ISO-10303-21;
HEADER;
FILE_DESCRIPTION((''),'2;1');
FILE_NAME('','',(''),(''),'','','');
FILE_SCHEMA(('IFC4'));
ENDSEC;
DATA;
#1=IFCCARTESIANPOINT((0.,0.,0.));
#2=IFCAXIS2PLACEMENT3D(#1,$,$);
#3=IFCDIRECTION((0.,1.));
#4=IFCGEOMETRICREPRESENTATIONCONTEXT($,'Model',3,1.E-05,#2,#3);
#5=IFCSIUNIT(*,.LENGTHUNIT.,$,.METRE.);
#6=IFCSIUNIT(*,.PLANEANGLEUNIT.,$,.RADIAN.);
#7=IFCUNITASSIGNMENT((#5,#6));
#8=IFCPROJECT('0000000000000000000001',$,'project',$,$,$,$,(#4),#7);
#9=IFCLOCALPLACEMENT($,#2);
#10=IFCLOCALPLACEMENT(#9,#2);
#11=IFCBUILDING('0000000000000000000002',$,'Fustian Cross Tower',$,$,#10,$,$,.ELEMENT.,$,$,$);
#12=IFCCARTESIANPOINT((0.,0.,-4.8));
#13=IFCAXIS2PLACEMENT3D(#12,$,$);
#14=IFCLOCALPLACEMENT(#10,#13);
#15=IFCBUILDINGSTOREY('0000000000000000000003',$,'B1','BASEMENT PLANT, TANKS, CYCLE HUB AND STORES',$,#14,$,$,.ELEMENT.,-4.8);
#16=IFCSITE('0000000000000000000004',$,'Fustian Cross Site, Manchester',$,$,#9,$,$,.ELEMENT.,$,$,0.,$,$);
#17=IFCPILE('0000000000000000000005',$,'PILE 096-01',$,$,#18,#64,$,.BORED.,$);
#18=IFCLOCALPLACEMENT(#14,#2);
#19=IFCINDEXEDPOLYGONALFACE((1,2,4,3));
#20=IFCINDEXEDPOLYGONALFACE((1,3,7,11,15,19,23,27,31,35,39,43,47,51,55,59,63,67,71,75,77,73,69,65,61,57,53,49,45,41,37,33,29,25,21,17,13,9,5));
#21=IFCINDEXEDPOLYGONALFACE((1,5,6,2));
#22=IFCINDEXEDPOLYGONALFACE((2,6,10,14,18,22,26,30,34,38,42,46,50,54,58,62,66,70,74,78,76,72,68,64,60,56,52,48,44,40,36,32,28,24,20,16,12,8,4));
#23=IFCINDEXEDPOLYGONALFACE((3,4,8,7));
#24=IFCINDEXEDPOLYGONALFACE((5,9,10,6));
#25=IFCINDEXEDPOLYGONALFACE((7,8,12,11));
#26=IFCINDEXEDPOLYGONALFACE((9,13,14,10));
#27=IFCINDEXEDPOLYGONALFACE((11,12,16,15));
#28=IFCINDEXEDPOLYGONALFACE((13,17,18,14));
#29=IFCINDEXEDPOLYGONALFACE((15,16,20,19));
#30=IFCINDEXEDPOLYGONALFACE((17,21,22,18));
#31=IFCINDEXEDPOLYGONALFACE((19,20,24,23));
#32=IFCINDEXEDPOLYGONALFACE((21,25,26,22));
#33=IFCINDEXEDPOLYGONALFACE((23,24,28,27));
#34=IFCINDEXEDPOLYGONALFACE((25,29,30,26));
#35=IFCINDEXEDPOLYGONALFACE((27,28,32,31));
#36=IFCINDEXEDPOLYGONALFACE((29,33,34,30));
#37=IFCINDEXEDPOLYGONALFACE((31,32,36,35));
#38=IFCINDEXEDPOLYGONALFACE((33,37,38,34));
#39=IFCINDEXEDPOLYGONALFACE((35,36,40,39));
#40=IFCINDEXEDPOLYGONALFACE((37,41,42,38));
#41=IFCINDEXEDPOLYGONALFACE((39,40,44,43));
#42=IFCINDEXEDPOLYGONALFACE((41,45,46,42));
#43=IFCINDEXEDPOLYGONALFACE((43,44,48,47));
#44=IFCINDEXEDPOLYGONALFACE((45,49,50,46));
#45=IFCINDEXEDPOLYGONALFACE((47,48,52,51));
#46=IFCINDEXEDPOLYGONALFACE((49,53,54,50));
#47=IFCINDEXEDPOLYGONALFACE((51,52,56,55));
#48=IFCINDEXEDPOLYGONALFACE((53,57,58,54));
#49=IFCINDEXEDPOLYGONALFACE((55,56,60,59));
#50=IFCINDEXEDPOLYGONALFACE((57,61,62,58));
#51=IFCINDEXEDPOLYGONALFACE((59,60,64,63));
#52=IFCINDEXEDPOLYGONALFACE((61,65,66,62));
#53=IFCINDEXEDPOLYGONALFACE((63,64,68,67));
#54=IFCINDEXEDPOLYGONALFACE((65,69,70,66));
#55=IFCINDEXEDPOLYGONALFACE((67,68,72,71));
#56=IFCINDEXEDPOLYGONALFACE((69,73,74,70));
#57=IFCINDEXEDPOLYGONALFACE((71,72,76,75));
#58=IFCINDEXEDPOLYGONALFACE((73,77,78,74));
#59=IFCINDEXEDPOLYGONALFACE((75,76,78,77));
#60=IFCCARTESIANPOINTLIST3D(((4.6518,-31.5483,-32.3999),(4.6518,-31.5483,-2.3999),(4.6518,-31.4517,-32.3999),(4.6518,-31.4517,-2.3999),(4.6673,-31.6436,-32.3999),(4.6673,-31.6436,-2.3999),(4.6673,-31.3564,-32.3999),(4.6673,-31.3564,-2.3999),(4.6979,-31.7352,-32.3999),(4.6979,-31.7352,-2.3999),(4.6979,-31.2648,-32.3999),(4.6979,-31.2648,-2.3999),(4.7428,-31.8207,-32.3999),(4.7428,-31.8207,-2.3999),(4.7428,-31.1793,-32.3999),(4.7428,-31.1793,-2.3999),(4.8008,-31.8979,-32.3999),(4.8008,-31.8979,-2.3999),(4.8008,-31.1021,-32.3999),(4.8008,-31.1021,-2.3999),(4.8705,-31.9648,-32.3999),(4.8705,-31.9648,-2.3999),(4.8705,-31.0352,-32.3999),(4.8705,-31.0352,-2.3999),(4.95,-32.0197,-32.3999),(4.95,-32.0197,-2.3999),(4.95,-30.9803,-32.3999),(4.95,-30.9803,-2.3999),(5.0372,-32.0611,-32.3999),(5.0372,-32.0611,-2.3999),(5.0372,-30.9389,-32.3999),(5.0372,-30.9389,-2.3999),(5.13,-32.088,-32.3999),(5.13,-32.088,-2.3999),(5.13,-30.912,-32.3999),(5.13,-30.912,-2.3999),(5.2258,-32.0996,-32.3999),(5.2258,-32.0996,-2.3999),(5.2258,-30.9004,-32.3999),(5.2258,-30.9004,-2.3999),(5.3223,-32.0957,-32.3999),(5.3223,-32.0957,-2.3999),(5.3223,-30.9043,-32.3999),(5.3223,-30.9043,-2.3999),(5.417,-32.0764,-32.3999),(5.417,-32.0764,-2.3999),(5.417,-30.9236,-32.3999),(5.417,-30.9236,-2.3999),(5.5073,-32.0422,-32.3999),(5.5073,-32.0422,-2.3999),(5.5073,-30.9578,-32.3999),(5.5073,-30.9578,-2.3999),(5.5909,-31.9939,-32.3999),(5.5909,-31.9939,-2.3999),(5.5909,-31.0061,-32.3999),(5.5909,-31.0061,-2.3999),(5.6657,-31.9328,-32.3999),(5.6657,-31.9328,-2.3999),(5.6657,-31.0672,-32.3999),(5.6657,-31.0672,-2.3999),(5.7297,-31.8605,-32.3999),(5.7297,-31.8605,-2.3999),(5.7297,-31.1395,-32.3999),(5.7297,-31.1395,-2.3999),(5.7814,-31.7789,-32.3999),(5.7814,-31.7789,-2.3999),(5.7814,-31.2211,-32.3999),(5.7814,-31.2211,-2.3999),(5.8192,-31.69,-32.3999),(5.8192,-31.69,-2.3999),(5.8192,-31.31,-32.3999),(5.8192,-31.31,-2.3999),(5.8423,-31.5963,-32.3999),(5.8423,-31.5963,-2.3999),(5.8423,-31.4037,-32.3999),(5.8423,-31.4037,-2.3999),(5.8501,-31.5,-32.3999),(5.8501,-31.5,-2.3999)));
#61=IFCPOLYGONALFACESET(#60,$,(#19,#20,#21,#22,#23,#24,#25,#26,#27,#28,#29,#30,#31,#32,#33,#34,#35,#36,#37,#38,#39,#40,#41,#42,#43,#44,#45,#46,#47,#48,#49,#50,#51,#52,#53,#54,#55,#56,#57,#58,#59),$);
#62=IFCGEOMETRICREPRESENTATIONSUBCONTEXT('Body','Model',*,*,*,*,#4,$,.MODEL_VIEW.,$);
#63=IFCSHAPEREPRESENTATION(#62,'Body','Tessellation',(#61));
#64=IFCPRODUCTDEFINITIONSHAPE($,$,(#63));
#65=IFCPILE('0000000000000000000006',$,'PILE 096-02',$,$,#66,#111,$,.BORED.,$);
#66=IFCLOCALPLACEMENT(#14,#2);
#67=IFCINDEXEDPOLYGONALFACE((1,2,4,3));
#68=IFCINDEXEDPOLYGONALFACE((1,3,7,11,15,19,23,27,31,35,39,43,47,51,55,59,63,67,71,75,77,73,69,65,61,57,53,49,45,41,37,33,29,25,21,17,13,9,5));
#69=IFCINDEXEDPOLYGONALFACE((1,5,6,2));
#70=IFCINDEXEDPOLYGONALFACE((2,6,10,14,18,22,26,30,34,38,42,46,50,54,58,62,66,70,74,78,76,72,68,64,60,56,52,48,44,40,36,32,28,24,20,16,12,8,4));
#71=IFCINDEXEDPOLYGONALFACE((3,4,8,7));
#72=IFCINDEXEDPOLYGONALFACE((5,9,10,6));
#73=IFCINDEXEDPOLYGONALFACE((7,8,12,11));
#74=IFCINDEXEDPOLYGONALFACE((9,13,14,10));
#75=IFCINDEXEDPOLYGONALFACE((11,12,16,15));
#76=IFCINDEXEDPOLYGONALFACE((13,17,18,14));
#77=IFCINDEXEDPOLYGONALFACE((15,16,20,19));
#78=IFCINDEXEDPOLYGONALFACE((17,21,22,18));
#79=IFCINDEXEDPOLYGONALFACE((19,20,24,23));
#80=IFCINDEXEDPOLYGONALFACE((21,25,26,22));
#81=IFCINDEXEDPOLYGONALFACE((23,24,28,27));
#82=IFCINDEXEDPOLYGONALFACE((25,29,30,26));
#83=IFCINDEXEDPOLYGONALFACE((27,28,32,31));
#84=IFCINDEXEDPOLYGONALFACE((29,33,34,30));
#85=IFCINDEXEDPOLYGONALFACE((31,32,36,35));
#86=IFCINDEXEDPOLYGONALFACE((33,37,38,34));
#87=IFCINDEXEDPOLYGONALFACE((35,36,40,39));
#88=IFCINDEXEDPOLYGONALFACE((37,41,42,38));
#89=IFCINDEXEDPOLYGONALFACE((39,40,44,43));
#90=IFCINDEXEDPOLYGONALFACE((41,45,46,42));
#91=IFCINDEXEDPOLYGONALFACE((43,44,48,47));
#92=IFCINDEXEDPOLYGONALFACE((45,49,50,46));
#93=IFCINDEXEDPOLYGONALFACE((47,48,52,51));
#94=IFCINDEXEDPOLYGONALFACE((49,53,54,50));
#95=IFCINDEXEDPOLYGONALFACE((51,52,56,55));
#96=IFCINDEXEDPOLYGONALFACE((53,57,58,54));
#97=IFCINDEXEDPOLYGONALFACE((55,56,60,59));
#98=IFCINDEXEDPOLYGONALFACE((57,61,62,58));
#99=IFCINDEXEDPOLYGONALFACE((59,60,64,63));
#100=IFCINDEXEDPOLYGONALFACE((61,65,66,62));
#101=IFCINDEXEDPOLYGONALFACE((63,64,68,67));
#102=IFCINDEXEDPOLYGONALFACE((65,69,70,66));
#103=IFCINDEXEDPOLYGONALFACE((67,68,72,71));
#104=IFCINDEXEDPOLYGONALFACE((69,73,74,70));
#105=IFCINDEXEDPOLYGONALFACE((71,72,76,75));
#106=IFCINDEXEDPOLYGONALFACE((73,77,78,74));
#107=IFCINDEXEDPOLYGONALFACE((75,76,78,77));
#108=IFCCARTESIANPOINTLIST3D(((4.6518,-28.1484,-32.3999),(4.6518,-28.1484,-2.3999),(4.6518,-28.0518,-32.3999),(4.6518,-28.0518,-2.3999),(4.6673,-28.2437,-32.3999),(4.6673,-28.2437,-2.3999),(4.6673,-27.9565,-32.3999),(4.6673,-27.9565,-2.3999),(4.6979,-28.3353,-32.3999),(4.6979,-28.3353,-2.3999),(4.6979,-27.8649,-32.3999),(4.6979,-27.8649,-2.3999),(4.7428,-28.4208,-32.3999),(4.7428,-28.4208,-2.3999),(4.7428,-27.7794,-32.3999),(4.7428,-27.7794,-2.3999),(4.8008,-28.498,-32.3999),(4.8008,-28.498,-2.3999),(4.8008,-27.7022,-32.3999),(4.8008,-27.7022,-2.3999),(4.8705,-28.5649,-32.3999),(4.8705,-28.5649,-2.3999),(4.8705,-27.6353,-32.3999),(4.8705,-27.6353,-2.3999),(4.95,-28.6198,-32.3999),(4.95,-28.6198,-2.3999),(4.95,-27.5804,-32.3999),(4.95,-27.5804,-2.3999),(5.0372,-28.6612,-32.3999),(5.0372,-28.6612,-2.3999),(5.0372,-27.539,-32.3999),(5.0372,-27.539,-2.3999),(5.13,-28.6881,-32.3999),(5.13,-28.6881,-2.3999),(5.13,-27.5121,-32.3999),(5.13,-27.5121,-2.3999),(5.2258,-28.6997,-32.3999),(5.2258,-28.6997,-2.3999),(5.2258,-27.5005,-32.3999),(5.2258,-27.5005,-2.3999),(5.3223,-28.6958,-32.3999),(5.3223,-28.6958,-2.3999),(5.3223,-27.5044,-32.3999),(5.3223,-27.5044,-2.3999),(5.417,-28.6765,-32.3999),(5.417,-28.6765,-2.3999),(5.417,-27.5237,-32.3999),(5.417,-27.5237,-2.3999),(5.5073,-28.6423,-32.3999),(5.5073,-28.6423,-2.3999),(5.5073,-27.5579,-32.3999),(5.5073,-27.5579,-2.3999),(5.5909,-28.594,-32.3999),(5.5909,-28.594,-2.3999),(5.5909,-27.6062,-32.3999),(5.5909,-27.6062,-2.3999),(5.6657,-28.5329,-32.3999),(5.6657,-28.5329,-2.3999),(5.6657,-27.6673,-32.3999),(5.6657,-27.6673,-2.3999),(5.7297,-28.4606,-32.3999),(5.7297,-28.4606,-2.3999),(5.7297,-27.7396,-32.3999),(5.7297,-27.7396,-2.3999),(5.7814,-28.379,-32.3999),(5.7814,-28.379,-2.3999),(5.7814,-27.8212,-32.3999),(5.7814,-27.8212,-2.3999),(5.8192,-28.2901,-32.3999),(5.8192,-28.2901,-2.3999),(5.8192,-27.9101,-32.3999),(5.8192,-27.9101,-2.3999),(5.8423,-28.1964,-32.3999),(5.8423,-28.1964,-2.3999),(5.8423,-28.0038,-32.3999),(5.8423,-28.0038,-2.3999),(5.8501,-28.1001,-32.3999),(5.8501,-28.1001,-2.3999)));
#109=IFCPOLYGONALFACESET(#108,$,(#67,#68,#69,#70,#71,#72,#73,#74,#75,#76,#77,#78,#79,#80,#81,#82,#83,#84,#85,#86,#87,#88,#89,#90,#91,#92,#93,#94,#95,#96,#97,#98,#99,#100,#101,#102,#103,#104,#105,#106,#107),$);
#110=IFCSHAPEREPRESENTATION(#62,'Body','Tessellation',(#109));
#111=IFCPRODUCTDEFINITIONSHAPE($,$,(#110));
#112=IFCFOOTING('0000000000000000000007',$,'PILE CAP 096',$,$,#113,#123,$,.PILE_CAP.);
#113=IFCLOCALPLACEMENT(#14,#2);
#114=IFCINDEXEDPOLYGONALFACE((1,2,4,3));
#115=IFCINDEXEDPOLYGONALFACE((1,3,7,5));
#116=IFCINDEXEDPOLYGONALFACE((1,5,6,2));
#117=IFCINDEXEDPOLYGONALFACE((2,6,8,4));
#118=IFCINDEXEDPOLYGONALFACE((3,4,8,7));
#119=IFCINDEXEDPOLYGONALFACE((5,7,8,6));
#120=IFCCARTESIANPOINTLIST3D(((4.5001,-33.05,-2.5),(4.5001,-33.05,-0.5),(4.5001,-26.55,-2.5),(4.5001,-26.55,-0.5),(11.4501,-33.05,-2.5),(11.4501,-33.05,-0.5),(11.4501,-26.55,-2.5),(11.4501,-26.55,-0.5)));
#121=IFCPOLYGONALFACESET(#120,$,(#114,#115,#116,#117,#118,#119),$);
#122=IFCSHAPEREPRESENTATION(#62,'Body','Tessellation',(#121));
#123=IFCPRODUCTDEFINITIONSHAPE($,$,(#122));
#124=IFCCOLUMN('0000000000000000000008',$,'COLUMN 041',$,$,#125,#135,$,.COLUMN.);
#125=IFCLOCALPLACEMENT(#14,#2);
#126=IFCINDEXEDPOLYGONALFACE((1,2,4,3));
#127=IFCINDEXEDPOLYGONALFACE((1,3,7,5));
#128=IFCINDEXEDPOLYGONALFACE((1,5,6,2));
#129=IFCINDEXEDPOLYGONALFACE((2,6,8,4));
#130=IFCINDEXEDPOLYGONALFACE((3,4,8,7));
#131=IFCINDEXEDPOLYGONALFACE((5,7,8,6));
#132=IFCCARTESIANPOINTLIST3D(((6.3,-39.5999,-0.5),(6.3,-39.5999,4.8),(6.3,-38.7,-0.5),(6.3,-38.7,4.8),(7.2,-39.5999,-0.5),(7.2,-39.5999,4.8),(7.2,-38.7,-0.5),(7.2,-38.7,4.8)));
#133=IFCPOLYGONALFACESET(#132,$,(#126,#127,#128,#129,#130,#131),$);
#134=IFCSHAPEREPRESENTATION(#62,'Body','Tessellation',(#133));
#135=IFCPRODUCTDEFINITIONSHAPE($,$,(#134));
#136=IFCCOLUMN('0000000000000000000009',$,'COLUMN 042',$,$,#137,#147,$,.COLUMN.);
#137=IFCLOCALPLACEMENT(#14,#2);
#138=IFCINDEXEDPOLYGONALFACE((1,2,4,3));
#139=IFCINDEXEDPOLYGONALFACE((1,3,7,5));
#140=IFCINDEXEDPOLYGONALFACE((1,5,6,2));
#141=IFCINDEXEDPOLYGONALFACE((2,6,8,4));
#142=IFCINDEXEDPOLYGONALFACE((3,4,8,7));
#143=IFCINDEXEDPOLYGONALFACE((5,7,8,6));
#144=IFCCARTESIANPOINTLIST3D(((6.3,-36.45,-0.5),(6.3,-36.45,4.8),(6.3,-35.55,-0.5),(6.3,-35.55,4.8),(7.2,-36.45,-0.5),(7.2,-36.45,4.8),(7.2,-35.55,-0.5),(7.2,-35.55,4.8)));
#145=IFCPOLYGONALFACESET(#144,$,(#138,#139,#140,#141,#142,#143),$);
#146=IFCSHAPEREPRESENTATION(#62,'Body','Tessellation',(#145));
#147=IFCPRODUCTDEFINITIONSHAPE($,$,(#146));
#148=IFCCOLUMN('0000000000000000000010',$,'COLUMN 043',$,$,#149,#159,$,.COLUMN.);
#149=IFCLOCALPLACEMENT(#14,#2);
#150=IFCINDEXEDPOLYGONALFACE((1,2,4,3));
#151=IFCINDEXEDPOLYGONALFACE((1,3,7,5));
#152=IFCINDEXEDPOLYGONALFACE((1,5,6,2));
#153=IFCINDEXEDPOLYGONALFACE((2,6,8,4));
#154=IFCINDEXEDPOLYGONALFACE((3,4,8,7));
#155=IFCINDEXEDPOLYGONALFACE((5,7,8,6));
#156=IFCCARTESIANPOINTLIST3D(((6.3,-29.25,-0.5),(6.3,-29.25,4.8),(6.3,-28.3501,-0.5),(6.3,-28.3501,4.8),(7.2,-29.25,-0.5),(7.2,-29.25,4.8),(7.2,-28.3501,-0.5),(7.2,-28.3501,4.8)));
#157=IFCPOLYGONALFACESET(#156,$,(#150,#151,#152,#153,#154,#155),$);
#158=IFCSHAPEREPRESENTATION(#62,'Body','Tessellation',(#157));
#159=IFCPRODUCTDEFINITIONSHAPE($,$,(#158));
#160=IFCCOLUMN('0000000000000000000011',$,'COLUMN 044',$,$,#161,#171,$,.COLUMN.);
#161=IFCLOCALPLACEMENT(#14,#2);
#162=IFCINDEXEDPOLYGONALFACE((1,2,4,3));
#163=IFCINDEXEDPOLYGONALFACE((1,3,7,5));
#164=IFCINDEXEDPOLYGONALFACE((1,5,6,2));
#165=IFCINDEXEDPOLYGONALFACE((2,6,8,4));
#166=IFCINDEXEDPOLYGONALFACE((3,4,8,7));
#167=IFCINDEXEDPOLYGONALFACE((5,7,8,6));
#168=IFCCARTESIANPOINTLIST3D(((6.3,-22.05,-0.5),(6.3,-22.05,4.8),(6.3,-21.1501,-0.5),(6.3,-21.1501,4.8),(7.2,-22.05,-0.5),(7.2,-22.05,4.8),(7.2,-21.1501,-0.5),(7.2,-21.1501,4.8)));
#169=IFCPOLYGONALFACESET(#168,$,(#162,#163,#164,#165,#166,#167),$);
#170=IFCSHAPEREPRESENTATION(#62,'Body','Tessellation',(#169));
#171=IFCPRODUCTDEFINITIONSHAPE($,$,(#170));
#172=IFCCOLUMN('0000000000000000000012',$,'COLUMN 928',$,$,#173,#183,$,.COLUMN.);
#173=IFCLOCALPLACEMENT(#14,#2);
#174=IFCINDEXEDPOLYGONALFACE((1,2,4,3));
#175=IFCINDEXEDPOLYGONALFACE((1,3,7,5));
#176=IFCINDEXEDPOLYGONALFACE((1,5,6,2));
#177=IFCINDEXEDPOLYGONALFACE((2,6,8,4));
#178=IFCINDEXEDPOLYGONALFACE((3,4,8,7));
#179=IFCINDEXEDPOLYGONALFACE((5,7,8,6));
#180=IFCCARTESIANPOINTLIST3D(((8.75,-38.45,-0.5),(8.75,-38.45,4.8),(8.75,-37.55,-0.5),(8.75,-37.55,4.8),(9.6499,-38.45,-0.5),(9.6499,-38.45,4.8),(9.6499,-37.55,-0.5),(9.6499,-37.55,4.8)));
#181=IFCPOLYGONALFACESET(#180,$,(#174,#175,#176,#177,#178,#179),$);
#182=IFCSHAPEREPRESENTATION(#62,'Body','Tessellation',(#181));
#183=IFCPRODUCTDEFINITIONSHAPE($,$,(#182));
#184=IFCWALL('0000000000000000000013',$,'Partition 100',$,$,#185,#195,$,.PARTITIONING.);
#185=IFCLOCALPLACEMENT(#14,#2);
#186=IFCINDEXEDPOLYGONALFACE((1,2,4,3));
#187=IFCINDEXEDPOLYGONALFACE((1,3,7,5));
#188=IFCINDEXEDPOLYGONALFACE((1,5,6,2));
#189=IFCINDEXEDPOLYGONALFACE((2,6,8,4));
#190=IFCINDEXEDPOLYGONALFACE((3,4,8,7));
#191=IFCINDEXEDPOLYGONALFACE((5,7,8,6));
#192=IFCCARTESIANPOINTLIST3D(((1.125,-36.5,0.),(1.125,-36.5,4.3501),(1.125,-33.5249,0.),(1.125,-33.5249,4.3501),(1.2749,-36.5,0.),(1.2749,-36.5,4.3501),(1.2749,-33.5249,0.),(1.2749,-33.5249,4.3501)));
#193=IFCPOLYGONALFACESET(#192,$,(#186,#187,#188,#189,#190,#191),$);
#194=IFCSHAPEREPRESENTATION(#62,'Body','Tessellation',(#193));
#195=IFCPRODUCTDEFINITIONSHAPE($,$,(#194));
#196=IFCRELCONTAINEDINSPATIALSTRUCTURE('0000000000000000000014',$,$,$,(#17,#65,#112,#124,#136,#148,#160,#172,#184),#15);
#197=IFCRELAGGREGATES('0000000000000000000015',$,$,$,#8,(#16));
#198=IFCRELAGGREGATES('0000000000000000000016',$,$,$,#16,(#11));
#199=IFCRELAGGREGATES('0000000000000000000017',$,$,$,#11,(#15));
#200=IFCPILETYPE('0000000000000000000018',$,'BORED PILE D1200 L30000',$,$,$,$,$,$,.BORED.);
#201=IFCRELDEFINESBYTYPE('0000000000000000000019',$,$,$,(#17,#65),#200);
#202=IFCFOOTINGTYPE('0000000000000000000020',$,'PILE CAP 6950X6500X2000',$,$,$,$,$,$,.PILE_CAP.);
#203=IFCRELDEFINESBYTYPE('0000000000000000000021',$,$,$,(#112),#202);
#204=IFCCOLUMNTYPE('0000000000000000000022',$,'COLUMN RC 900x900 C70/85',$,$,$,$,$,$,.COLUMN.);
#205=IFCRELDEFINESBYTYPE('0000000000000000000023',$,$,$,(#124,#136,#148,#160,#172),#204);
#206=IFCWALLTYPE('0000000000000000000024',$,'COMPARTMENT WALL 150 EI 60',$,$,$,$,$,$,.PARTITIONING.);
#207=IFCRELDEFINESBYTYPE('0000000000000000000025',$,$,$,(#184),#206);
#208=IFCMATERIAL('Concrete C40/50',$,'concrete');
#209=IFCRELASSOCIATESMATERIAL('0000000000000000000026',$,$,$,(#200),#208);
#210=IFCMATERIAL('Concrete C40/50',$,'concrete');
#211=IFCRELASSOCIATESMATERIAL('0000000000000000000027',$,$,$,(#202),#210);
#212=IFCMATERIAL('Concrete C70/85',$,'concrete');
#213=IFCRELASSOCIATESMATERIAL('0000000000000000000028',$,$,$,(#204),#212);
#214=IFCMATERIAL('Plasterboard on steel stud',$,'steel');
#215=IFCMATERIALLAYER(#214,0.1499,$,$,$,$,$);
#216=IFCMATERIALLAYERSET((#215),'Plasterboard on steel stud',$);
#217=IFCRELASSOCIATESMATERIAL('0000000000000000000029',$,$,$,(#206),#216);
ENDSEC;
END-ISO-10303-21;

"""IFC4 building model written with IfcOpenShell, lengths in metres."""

from ifc_helpers import new_model, si_unit, direction, frame, frame_2d, origin, origin_2d, place, context, subcontext, project, spatial, rectangle, circle, extrude, material, layer, layer_set, material_profile, profile_set, type_object, element, save


model = new_model("IFC4")

# Units and contexts
model_context = context("Model", 3, precision=1e-05, world=origin(), true_north=direction((0.0, 1.0)))
body_context = subcontext(model_context, "Body", "Model", "MODEL_VIEW")
ifc_project = project(units=[si_unit("LENGTHUNIT", "METRE"), si_unit("PLANEANGLEUNIT", "RADIAN")], contexts=[model_context])

# Site, building, storey
site_placement = place(None, origin())
site = spatial("IfcSite", under=ifc_project, at=site_placement, Name="Fustian Cross Site, Manchester", CompositionType="ELEMENT", RefElevation=0.0)
building_placement = place(site_placement, origin())
building = spatial("IfcBuilding", under=site, at=building_placement, Name="Fustian Cross Tower", CompositionType="ELEMENT")
storey_placement = place(building_placement, frame((0.0, 0.0, -4.8)))
storey = spatial("IfcBuildingStorey", under=building, at=storey_placement, Name="B1", Description="BASEMENT PLANT, TANKS, CYCLE HUB AND STORES", CompositionType="ELEMENT", Elevation=-4.8)

# Piles
ifc_material_1 = material(Name="Concrete C40/50", Category="concrete")
ifc_material_profile_1 = material_profile(ifc_material_1, circle(Radius=0.6001, at=origin_2d()), Name="BORED PILE D1200 L30000")
ifc_profile_set_1 = profile_set([ifc_material_profile_1], Name="Concrete C40/50")
pile_type = type_object("IfcPileType", Name="BORED PILE D1200 L30000", PredefinedType="BORED", material=ifc_profile_set_1)
for number, where, z_axis, x_axis, name in (
    (1, (5.25, -31.5, -2.3999), (0.0, 0.0, -1.0), (1.0, 0.0, 0.0), "PILE 096-01"),
    (2, (5.25, -28.1001, -2.3999), (0.0, 0.0, -1.0), (1.0, 0.0, 0.0), "PILE 096-02"),
):
    element("IfcPile", number, at=place(storey_placement, frame(where, z_axis=z_axis, x_axis=x_axis)), inside=storey, type_object=pile_type, Name=name, PredefinedType="BORED", context=body_context, shape_type="SweptSolid", body=[
        extrude(circle(Radius=0.6001, at=origin_2d()), origin(), (0.0, 0.0, 1.0), 30.0),
    ])

# Footing
ifc_material_2 = material(Name="Concrete C40/50", Category="concrete")
footing_type = type_object("IfcFootingType", Name="PILE CAP 6950X6500X2000", PredefinedType="PILE_CAP", material=ifc_material_2)
footing_placement = place(storey_placement, frame((7.9751, -29.8, -2.5), z_axis=(0.0, 0.0, 1.0), x_axis=(1.0, 0.0, 0.0)))
element("IfcFooting", 3, at=footing_placement, inside=storey, type_object=footing_type, Name="PILE CAP 096", PredefinedType="PILE_CAP", context=body_context, shape_type="SweptSolid", body=[
    extrude(rectangle(XDim=6.95, YDim=6.5, at=origin_2d()), origin(), (0.0, 0.0, 1.0), 2.0),
])

# Columns
ifc_material_3 = material(Name="Concrete C70/85", Category="concrete")
ifc_material_profile_2 = material_profile(ifc_material_3, rectangle(XDim=0.8999, YDim=0.8999, at=origin_2d()), Name="RC 900x900")
ifc_profile_set_2 = profile_set([ifc_material_profile_2], Name="Concrete C70/85")
column_type = type_object("IfcColumnType", Name="COLUMN RC 900x900 C70/85", PredefinedType="COLUMN", material=ifc_profile_set_2)
for number, where, z_axis, x_axis, name in (
    (4, (6.75, -39.1499, -0.5), (0.0, 0.0, 1.0), (1.0, 0.0, 0.0), "COLUMN 041"),
    (5, (6.75, -36.0, -0.5), (0.0, 0.0, 1.0), (1.0, 0.0, 0.0), "COLUMN 042"),
    (6, (6.75, -28.8, -0.5), (0.0, 0.0, 1.0), (1.0, 0.0, 0.0), "COLUMN 043"),
    (7, (6.75, -21.6001, -0.5), (0.0, 0.0, 1.0), (1.0, 0.0, 0.0), "COLUMN 044"),
    (8, (9.2, -38.0, -0.5), (0.0, 0.0, 1.0), (1.0, 0.0, 0.0), "COLUMN 928"),
):
    element("IfcColumn", number, at=place(storey_placement, frame(where, z_axis=z_axis, x_axis=x_axis)), inside=storey, type_object=column_type, Name=name, PredefinedType="COLUMN", context=body_context, shape_type="SweptSolid", body=[
        extrude(rectangle(XDim=0.8999, YDim=0.8999, at=origin_2d()), origin(), (0.0, 0.0, 1.0), 5.3),
    ])

# Wall
ifc_material_4 = material(Name="Plasterboard on steel stud", Category="steel")
ifc_layer_1 = layer(ifc_material_4, 0.1499)
ifc_layer_set_1 = layer_set([ifc_layer_1], Name="Plasterboard on steel stud")
wall_type_1 = type_object("IfcWallType", Name="COMPARTMENT WALL 150 EI 60", PredefinedType="PARTITIONING", material=ifc_layer_set_1)
wall_1_placement = place(storey_placement, frame((1.2, -36.5, 0.0), z_axis=(0.0, 0.0, 1.0), x_axis=(0.0, 1.0, 0.0)))
element("IfcWall", 9, at=wall_1_placement, inside=storey, type_object=wall_type_1, Name="Partition 100", PredefinedType="PARTITIONING", context=body_context, shape_type="SweptSolid", body=[
    extrude(rectangle(XDim=2.9751, YDim=0.1499, at=frame_2d((1.4875, 0.0))), origin(), (0.0, 0.0, 1.0), 4.3501),
])

save(model, "model.ifc")
